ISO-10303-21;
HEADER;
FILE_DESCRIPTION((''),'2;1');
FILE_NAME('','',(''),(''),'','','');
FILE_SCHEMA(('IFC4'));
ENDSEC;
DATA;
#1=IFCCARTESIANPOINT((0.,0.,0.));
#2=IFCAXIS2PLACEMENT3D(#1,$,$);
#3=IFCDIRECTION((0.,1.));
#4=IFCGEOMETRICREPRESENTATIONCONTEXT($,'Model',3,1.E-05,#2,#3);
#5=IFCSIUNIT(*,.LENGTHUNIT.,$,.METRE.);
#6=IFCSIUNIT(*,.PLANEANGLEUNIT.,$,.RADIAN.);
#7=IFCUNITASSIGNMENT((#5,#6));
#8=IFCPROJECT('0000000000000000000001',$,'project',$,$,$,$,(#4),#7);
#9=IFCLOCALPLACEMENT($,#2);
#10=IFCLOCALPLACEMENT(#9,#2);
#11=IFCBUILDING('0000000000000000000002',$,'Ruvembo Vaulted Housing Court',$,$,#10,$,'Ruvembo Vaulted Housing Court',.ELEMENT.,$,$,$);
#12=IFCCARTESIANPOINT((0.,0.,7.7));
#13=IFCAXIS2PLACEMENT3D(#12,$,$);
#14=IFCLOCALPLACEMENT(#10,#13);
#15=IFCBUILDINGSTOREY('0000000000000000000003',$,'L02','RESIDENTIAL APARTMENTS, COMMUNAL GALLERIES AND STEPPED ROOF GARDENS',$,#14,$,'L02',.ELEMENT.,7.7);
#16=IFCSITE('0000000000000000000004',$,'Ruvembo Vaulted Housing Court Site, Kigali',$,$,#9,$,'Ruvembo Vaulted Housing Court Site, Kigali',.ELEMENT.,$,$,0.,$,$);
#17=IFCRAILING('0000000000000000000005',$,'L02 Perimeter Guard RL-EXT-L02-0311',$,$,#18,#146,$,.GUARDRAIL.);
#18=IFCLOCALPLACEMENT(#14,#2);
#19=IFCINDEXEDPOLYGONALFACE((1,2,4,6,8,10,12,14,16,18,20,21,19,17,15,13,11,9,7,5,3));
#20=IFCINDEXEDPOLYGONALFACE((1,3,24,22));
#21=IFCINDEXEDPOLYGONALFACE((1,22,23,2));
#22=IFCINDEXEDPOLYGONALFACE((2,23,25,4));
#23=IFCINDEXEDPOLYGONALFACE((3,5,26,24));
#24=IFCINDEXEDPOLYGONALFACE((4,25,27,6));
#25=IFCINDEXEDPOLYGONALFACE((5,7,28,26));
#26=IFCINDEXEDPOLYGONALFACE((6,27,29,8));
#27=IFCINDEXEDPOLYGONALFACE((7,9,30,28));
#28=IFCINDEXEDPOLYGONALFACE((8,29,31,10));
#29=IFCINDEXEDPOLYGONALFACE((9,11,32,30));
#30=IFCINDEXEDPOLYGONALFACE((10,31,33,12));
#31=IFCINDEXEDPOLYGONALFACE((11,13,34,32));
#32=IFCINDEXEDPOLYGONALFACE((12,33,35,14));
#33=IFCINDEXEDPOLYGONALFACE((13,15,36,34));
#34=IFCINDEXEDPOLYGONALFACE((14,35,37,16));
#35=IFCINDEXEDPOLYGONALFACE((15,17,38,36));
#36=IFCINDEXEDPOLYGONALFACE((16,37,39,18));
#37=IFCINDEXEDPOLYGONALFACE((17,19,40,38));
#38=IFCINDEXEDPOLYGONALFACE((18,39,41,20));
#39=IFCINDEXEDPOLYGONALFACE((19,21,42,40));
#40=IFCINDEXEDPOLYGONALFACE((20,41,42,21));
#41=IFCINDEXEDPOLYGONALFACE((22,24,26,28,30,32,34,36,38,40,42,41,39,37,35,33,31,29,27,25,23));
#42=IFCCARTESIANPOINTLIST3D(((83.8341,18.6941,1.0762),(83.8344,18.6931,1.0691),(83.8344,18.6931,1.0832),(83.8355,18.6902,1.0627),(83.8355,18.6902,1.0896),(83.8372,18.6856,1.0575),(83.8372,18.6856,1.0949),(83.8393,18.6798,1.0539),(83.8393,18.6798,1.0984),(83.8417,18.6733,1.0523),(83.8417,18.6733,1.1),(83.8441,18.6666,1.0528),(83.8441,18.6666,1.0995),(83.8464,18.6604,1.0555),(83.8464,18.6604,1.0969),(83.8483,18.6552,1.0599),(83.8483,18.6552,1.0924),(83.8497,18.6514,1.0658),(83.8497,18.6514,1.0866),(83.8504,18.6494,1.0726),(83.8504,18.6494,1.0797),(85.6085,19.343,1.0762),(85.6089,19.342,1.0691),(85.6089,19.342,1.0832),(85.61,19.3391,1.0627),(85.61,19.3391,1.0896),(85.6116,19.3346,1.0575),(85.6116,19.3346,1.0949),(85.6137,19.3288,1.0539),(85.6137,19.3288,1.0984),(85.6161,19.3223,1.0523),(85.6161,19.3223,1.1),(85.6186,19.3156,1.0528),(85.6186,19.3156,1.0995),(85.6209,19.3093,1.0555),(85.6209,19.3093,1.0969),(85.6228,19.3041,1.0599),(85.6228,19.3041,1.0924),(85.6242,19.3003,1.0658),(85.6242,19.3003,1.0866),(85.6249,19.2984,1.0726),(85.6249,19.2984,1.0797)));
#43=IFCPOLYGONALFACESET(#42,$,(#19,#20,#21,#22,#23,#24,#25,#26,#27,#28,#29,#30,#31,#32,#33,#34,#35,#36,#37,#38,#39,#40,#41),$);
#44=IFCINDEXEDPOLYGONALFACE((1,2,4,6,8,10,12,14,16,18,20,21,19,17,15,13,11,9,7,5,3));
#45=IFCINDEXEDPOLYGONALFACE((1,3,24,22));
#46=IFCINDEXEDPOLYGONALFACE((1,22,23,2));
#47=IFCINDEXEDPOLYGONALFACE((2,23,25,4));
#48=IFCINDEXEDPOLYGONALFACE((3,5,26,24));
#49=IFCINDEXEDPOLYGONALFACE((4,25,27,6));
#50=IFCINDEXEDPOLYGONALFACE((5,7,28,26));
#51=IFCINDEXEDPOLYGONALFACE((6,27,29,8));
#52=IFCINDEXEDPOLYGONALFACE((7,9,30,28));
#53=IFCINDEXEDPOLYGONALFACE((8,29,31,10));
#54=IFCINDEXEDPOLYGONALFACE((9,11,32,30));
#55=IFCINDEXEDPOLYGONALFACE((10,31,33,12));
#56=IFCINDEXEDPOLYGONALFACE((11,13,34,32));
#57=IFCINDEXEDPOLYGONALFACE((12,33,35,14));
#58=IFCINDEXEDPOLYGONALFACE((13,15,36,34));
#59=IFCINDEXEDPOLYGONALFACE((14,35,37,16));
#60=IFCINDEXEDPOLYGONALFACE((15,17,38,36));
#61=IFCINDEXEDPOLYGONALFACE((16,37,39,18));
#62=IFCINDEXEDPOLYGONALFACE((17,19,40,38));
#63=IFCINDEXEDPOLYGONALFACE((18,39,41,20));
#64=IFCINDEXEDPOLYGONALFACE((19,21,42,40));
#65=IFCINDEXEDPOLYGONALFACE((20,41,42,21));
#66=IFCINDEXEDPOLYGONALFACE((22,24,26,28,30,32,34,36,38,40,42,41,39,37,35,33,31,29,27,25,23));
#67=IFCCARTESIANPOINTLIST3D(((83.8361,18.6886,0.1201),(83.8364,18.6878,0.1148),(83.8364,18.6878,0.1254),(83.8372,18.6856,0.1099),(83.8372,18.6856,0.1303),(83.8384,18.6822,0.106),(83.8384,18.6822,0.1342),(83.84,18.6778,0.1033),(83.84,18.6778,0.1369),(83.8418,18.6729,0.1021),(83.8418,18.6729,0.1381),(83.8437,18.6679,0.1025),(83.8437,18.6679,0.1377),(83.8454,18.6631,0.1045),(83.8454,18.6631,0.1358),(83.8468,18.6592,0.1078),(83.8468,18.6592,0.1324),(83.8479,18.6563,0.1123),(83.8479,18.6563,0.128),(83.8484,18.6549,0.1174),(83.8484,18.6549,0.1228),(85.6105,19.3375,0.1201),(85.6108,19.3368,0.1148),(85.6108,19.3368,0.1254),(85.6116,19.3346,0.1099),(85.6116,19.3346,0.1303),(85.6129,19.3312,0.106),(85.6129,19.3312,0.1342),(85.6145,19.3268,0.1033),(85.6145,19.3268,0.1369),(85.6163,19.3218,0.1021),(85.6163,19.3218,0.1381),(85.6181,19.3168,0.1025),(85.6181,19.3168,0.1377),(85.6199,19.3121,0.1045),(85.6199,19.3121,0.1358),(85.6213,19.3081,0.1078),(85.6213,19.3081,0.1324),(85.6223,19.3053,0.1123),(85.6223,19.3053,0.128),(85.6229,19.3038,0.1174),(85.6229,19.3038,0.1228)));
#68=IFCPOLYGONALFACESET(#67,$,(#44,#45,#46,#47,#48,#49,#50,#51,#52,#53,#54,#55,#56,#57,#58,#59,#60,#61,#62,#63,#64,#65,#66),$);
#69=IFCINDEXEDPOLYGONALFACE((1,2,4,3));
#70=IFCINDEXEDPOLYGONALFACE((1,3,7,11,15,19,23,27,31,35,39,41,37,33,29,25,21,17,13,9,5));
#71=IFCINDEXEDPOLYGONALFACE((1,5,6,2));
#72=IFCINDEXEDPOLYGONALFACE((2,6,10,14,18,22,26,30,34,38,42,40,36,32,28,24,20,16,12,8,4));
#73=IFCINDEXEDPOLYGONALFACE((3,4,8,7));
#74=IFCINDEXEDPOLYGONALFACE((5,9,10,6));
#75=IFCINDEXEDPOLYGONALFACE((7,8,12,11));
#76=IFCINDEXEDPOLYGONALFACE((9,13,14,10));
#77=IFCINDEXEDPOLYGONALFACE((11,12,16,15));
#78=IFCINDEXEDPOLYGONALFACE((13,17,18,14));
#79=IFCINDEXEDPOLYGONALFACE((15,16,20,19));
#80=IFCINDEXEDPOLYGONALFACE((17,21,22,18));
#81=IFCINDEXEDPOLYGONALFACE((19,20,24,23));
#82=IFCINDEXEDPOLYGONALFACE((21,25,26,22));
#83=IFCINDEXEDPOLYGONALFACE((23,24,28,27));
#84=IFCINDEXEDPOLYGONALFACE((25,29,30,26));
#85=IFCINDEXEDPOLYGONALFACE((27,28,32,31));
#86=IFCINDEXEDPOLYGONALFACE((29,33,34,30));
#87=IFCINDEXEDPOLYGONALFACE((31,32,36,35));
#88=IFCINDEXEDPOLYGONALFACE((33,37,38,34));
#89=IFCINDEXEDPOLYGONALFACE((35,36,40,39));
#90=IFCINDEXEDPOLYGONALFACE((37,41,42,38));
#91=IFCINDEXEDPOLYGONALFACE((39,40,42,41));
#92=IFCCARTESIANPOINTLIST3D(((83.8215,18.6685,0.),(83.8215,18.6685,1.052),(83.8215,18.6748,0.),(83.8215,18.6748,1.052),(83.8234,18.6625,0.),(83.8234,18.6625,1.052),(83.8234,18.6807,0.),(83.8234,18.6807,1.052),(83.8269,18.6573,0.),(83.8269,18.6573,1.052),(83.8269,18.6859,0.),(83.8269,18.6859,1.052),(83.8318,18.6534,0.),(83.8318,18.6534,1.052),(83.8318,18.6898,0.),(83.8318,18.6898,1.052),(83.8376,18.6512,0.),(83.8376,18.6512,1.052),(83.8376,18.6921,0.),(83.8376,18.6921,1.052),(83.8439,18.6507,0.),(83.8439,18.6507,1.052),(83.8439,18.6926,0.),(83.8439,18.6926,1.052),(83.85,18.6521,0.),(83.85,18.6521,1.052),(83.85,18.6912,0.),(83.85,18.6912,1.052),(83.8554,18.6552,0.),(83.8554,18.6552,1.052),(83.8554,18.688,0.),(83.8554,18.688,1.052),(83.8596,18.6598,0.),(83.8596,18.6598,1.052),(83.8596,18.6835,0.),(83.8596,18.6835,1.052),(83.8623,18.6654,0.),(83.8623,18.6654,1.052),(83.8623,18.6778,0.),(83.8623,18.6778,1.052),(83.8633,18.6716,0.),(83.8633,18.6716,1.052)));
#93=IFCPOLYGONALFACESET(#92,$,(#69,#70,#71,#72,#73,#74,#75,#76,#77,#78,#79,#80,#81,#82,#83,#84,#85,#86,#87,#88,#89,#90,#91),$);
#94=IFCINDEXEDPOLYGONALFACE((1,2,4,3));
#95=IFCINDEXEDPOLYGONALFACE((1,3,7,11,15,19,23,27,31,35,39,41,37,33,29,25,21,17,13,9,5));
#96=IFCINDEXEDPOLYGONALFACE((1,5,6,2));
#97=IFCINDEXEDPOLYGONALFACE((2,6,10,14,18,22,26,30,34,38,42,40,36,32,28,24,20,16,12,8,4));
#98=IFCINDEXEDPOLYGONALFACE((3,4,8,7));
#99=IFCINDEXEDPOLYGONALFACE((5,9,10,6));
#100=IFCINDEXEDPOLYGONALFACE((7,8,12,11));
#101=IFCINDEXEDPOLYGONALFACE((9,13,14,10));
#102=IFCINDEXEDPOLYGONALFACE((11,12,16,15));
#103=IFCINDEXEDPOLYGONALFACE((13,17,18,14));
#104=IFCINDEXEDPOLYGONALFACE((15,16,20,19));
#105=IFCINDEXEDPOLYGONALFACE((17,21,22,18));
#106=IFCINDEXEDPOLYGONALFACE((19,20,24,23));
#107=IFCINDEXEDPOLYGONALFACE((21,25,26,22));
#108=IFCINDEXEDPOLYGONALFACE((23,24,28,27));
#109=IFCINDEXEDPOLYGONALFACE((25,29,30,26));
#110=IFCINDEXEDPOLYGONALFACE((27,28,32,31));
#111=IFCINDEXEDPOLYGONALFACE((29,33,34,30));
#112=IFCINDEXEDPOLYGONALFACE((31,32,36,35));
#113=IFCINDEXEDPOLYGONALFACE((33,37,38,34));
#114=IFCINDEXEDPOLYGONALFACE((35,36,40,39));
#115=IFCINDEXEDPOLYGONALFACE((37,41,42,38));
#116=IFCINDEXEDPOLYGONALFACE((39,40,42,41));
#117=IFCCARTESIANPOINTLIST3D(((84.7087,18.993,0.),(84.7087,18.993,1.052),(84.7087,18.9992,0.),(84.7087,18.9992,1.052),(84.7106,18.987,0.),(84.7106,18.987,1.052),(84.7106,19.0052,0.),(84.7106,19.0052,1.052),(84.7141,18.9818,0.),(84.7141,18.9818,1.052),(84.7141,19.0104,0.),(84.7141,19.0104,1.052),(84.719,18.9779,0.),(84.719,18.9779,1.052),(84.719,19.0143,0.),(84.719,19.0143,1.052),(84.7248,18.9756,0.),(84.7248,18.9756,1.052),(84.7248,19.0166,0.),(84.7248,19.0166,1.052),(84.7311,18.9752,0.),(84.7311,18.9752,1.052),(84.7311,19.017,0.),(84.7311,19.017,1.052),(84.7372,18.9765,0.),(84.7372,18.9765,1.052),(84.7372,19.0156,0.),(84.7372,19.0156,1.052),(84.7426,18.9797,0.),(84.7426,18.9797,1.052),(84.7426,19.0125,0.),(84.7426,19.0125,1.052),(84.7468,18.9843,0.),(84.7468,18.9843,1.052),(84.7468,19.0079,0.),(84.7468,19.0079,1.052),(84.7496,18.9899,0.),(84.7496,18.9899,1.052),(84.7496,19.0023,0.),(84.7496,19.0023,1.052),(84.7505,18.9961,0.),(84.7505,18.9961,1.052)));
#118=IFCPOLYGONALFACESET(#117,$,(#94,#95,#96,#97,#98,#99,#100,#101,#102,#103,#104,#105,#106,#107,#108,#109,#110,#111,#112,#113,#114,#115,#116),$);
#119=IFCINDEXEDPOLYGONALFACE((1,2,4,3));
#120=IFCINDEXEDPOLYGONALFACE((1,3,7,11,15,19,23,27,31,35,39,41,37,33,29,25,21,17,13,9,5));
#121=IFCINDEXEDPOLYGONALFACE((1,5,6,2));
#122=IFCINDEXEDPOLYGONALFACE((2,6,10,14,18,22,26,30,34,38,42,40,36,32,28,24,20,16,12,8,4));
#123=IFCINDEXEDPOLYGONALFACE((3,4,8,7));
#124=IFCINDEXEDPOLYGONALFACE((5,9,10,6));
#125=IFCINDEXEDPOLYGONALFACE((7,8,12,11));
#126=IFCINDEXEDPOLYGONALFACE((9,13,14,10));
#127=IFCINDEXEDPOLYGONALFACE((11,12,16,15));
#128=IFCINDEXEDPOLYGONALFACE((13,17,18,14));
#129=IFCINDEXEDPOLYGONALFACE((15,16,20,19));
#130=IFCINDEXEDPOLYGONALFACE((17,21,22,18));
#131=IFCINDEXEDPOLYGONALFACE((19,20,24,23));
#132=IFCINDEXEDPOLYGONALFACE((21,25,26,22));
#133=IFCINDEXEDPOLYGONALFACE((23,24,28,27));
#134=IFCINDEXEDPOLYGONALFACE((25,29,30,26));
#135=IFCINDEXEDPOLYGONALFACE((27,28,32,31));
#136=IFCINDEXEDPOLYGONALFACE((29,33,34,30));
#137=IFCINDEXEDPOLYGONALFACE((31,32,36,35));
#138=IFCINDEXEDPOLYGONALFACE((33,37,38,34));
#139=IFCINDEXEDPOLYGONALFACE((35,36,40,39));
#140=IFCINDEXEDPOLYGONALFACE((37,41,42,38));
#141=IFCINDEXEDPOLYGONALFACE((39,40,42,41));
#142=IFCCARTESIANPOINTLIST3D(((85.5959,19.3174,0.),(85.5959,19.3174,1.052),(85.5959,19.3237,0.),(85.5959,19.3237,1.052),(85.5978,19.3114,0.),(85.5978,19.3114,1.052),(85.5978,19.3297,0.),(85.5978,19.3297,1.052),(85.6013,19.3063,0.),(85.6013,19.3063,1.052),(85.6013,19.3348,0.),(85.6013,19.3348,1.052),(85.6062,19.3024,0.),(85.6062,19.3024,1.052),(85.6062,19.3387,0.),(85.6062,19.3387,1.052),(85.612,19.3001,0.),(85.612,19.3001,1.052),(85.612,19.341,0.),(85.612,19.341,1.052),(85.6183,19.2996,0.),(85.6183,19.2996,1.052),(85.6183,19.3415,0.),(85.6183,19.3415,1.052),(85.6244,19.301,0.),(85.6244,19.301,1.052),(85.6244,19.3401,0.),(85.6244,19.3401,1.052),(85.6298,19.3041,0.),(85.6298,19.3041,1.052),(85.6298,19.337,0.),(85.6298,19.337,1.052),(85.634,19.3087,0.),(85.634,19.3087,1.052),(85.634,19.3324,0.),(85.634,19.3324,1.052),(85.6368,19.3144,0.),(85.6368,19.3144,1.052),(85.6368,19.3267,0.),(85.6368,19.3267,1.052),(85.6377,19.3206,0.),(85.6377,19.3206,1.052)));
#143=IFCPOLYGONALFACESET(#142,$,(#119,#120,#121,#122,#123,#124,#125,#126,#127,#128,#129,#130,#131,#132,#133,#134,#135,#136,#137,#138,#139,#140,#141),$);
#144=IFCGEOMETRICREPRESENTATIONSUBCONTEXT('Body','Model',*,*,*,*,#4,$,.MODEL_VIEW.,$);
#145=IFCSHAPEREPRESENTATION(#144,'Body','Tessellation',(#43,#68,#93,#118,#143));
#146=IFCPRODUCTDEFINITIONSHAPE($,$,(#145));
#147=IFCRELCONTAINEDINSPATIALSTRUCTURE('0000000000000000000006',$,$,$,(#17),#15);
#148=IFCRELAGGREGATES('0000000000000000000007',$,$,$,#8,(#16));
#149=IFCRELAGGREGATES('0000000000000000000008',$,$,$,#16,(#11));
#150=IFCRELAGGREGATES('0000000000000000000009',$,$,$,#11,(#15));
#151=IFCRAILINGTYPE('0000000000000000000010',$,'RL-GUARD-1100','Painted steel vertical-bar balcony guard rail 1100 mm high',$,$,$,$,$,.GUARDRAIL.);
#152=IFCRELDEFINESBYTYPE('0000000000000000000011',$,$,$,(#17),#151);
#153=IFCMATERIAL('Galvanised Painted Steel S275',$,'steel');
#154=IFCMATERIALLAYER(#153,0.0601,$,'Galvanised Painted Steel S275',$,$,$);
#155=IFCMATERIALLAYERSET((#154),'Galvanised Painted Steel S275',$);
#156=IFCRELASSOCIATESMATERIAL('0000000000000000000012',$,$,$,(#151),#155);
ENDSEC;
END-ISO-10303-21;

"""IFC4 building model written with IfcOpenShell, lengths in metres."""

from ifc_helpers import new_model, si_unit, direction, frame, origin, origin_2d, place, context, subcontext, project, spatial, circle, extrude, material, layer, layer_set, type_object, element, save


model = new_model("IFC4")

# Units and contexts
model_context = context("Model", 3, precision=1e-05, world=origin(), true_north=direction((0.0, 1.0)))
body_context = subcontext(model_context, "Body", "Model", "MODEL_VIEW")
ifc_project = project(units=[si_unit("LENGTHUNIT", "METRE"), si_unit("PLANEANGLEUNIT", "RADIAN")], contexts=[model_context])

# Site, building, storey
site_placement = place(None, origin())
site = spatial("IfcSite", under=ifc_project, at=site_placement, Name="Ruvembo Vaulted Housing Court Site, Kigali", LongName="Ruvembo Vaulted Housing Court Site, Kigali", CompositionType="ELEMENT", RefElevation=0.0)
building_placement = place(site_placement, origin())
building = spatial("IfcBuilding", under=site, at=building_placement, Name="Ruvembo Vaulted Housing Court", LongName="Ruvembo Vaulted Housing Court", CompositionType="ELEMENT")
storey_placement = place(building_placement, frame((0.0, 0.0, 7.7)))
storey = spatial("IfcBuildingStorey", under=building, at=storey_placement, Name="L02", Description="RESIDENTIAL APARTMENTS, COMMUNAL GALLERIES AND STEPPED ROOF GARDENS", LongName="L02", CompositionType="ELEMENT", Elevation=7.7)

# Railing
ifc_material_1 = material(Name="Galvanised Painted Steel S275", Category="steel")
ifc_layer = layer(ifc_material_1, 0.0601, Name="Galvanised Painted Steel S275")
ifc_layer_set = layer_set([ifc_layer], Name="Galvanised Painted Steel S275")
railing_type = type_object("IfcRailingType", Name="RL-GUARD-1100", Description="Painted steel vertical-bar balcony guard rail 1100 mm high", PredefinedType="GUARDRAIL", material=ifc_layer_set)
railing_1_placement = place(storey_placement, frame((83.8423, 18.6716, 0.0)))
element("IfcRailing", 1, at=railing_1_placement, inside=storey, type_object=railing_type, Name="L02 Perimeter Guard RL-EXT-L02-0311", PredefinedType="GUARDRAIL", context=body_context, shape_type="SweptSolid", body=[
    extrude(circle(Radius=0.0239, at=origin_2d()), frame((0.0, 0.0, 1.0762), z_axis=(0.939166, 0.343465, 0.0), x_axis=(-0.343465, 0.939166, 0.0)), (0.0, 0.0, 1.0), 1.8894),
    extrude(circle(Radius=0.0181, at=origin_2d()), frame((0.0, 0.0, 0.1201), z_axis=(0.939166, 0.343465, 0.0), x_axis=(-0.343465, 0.939166, 0.0)), (0.0, 0.0, 1.0), 1.8894),
    extrude(circle(Radius=0.021, at=origin_2d()), origin(), (0.0, 0.0, 1.0), 1.052),
    extrude(circle(Radius=0.021, at=origin_2d()), frame((0.8872, 0.3245, 0.0)), (0.0, 0.0, 1.0), 1.052),
    extrude(circle(Radius=0.021, at=origin_2d()), frame((1.7744, 0.6489, 0.0)), (0.0, 0.0, 1.0), 1.052),
])

save(model, "model.ifc")
